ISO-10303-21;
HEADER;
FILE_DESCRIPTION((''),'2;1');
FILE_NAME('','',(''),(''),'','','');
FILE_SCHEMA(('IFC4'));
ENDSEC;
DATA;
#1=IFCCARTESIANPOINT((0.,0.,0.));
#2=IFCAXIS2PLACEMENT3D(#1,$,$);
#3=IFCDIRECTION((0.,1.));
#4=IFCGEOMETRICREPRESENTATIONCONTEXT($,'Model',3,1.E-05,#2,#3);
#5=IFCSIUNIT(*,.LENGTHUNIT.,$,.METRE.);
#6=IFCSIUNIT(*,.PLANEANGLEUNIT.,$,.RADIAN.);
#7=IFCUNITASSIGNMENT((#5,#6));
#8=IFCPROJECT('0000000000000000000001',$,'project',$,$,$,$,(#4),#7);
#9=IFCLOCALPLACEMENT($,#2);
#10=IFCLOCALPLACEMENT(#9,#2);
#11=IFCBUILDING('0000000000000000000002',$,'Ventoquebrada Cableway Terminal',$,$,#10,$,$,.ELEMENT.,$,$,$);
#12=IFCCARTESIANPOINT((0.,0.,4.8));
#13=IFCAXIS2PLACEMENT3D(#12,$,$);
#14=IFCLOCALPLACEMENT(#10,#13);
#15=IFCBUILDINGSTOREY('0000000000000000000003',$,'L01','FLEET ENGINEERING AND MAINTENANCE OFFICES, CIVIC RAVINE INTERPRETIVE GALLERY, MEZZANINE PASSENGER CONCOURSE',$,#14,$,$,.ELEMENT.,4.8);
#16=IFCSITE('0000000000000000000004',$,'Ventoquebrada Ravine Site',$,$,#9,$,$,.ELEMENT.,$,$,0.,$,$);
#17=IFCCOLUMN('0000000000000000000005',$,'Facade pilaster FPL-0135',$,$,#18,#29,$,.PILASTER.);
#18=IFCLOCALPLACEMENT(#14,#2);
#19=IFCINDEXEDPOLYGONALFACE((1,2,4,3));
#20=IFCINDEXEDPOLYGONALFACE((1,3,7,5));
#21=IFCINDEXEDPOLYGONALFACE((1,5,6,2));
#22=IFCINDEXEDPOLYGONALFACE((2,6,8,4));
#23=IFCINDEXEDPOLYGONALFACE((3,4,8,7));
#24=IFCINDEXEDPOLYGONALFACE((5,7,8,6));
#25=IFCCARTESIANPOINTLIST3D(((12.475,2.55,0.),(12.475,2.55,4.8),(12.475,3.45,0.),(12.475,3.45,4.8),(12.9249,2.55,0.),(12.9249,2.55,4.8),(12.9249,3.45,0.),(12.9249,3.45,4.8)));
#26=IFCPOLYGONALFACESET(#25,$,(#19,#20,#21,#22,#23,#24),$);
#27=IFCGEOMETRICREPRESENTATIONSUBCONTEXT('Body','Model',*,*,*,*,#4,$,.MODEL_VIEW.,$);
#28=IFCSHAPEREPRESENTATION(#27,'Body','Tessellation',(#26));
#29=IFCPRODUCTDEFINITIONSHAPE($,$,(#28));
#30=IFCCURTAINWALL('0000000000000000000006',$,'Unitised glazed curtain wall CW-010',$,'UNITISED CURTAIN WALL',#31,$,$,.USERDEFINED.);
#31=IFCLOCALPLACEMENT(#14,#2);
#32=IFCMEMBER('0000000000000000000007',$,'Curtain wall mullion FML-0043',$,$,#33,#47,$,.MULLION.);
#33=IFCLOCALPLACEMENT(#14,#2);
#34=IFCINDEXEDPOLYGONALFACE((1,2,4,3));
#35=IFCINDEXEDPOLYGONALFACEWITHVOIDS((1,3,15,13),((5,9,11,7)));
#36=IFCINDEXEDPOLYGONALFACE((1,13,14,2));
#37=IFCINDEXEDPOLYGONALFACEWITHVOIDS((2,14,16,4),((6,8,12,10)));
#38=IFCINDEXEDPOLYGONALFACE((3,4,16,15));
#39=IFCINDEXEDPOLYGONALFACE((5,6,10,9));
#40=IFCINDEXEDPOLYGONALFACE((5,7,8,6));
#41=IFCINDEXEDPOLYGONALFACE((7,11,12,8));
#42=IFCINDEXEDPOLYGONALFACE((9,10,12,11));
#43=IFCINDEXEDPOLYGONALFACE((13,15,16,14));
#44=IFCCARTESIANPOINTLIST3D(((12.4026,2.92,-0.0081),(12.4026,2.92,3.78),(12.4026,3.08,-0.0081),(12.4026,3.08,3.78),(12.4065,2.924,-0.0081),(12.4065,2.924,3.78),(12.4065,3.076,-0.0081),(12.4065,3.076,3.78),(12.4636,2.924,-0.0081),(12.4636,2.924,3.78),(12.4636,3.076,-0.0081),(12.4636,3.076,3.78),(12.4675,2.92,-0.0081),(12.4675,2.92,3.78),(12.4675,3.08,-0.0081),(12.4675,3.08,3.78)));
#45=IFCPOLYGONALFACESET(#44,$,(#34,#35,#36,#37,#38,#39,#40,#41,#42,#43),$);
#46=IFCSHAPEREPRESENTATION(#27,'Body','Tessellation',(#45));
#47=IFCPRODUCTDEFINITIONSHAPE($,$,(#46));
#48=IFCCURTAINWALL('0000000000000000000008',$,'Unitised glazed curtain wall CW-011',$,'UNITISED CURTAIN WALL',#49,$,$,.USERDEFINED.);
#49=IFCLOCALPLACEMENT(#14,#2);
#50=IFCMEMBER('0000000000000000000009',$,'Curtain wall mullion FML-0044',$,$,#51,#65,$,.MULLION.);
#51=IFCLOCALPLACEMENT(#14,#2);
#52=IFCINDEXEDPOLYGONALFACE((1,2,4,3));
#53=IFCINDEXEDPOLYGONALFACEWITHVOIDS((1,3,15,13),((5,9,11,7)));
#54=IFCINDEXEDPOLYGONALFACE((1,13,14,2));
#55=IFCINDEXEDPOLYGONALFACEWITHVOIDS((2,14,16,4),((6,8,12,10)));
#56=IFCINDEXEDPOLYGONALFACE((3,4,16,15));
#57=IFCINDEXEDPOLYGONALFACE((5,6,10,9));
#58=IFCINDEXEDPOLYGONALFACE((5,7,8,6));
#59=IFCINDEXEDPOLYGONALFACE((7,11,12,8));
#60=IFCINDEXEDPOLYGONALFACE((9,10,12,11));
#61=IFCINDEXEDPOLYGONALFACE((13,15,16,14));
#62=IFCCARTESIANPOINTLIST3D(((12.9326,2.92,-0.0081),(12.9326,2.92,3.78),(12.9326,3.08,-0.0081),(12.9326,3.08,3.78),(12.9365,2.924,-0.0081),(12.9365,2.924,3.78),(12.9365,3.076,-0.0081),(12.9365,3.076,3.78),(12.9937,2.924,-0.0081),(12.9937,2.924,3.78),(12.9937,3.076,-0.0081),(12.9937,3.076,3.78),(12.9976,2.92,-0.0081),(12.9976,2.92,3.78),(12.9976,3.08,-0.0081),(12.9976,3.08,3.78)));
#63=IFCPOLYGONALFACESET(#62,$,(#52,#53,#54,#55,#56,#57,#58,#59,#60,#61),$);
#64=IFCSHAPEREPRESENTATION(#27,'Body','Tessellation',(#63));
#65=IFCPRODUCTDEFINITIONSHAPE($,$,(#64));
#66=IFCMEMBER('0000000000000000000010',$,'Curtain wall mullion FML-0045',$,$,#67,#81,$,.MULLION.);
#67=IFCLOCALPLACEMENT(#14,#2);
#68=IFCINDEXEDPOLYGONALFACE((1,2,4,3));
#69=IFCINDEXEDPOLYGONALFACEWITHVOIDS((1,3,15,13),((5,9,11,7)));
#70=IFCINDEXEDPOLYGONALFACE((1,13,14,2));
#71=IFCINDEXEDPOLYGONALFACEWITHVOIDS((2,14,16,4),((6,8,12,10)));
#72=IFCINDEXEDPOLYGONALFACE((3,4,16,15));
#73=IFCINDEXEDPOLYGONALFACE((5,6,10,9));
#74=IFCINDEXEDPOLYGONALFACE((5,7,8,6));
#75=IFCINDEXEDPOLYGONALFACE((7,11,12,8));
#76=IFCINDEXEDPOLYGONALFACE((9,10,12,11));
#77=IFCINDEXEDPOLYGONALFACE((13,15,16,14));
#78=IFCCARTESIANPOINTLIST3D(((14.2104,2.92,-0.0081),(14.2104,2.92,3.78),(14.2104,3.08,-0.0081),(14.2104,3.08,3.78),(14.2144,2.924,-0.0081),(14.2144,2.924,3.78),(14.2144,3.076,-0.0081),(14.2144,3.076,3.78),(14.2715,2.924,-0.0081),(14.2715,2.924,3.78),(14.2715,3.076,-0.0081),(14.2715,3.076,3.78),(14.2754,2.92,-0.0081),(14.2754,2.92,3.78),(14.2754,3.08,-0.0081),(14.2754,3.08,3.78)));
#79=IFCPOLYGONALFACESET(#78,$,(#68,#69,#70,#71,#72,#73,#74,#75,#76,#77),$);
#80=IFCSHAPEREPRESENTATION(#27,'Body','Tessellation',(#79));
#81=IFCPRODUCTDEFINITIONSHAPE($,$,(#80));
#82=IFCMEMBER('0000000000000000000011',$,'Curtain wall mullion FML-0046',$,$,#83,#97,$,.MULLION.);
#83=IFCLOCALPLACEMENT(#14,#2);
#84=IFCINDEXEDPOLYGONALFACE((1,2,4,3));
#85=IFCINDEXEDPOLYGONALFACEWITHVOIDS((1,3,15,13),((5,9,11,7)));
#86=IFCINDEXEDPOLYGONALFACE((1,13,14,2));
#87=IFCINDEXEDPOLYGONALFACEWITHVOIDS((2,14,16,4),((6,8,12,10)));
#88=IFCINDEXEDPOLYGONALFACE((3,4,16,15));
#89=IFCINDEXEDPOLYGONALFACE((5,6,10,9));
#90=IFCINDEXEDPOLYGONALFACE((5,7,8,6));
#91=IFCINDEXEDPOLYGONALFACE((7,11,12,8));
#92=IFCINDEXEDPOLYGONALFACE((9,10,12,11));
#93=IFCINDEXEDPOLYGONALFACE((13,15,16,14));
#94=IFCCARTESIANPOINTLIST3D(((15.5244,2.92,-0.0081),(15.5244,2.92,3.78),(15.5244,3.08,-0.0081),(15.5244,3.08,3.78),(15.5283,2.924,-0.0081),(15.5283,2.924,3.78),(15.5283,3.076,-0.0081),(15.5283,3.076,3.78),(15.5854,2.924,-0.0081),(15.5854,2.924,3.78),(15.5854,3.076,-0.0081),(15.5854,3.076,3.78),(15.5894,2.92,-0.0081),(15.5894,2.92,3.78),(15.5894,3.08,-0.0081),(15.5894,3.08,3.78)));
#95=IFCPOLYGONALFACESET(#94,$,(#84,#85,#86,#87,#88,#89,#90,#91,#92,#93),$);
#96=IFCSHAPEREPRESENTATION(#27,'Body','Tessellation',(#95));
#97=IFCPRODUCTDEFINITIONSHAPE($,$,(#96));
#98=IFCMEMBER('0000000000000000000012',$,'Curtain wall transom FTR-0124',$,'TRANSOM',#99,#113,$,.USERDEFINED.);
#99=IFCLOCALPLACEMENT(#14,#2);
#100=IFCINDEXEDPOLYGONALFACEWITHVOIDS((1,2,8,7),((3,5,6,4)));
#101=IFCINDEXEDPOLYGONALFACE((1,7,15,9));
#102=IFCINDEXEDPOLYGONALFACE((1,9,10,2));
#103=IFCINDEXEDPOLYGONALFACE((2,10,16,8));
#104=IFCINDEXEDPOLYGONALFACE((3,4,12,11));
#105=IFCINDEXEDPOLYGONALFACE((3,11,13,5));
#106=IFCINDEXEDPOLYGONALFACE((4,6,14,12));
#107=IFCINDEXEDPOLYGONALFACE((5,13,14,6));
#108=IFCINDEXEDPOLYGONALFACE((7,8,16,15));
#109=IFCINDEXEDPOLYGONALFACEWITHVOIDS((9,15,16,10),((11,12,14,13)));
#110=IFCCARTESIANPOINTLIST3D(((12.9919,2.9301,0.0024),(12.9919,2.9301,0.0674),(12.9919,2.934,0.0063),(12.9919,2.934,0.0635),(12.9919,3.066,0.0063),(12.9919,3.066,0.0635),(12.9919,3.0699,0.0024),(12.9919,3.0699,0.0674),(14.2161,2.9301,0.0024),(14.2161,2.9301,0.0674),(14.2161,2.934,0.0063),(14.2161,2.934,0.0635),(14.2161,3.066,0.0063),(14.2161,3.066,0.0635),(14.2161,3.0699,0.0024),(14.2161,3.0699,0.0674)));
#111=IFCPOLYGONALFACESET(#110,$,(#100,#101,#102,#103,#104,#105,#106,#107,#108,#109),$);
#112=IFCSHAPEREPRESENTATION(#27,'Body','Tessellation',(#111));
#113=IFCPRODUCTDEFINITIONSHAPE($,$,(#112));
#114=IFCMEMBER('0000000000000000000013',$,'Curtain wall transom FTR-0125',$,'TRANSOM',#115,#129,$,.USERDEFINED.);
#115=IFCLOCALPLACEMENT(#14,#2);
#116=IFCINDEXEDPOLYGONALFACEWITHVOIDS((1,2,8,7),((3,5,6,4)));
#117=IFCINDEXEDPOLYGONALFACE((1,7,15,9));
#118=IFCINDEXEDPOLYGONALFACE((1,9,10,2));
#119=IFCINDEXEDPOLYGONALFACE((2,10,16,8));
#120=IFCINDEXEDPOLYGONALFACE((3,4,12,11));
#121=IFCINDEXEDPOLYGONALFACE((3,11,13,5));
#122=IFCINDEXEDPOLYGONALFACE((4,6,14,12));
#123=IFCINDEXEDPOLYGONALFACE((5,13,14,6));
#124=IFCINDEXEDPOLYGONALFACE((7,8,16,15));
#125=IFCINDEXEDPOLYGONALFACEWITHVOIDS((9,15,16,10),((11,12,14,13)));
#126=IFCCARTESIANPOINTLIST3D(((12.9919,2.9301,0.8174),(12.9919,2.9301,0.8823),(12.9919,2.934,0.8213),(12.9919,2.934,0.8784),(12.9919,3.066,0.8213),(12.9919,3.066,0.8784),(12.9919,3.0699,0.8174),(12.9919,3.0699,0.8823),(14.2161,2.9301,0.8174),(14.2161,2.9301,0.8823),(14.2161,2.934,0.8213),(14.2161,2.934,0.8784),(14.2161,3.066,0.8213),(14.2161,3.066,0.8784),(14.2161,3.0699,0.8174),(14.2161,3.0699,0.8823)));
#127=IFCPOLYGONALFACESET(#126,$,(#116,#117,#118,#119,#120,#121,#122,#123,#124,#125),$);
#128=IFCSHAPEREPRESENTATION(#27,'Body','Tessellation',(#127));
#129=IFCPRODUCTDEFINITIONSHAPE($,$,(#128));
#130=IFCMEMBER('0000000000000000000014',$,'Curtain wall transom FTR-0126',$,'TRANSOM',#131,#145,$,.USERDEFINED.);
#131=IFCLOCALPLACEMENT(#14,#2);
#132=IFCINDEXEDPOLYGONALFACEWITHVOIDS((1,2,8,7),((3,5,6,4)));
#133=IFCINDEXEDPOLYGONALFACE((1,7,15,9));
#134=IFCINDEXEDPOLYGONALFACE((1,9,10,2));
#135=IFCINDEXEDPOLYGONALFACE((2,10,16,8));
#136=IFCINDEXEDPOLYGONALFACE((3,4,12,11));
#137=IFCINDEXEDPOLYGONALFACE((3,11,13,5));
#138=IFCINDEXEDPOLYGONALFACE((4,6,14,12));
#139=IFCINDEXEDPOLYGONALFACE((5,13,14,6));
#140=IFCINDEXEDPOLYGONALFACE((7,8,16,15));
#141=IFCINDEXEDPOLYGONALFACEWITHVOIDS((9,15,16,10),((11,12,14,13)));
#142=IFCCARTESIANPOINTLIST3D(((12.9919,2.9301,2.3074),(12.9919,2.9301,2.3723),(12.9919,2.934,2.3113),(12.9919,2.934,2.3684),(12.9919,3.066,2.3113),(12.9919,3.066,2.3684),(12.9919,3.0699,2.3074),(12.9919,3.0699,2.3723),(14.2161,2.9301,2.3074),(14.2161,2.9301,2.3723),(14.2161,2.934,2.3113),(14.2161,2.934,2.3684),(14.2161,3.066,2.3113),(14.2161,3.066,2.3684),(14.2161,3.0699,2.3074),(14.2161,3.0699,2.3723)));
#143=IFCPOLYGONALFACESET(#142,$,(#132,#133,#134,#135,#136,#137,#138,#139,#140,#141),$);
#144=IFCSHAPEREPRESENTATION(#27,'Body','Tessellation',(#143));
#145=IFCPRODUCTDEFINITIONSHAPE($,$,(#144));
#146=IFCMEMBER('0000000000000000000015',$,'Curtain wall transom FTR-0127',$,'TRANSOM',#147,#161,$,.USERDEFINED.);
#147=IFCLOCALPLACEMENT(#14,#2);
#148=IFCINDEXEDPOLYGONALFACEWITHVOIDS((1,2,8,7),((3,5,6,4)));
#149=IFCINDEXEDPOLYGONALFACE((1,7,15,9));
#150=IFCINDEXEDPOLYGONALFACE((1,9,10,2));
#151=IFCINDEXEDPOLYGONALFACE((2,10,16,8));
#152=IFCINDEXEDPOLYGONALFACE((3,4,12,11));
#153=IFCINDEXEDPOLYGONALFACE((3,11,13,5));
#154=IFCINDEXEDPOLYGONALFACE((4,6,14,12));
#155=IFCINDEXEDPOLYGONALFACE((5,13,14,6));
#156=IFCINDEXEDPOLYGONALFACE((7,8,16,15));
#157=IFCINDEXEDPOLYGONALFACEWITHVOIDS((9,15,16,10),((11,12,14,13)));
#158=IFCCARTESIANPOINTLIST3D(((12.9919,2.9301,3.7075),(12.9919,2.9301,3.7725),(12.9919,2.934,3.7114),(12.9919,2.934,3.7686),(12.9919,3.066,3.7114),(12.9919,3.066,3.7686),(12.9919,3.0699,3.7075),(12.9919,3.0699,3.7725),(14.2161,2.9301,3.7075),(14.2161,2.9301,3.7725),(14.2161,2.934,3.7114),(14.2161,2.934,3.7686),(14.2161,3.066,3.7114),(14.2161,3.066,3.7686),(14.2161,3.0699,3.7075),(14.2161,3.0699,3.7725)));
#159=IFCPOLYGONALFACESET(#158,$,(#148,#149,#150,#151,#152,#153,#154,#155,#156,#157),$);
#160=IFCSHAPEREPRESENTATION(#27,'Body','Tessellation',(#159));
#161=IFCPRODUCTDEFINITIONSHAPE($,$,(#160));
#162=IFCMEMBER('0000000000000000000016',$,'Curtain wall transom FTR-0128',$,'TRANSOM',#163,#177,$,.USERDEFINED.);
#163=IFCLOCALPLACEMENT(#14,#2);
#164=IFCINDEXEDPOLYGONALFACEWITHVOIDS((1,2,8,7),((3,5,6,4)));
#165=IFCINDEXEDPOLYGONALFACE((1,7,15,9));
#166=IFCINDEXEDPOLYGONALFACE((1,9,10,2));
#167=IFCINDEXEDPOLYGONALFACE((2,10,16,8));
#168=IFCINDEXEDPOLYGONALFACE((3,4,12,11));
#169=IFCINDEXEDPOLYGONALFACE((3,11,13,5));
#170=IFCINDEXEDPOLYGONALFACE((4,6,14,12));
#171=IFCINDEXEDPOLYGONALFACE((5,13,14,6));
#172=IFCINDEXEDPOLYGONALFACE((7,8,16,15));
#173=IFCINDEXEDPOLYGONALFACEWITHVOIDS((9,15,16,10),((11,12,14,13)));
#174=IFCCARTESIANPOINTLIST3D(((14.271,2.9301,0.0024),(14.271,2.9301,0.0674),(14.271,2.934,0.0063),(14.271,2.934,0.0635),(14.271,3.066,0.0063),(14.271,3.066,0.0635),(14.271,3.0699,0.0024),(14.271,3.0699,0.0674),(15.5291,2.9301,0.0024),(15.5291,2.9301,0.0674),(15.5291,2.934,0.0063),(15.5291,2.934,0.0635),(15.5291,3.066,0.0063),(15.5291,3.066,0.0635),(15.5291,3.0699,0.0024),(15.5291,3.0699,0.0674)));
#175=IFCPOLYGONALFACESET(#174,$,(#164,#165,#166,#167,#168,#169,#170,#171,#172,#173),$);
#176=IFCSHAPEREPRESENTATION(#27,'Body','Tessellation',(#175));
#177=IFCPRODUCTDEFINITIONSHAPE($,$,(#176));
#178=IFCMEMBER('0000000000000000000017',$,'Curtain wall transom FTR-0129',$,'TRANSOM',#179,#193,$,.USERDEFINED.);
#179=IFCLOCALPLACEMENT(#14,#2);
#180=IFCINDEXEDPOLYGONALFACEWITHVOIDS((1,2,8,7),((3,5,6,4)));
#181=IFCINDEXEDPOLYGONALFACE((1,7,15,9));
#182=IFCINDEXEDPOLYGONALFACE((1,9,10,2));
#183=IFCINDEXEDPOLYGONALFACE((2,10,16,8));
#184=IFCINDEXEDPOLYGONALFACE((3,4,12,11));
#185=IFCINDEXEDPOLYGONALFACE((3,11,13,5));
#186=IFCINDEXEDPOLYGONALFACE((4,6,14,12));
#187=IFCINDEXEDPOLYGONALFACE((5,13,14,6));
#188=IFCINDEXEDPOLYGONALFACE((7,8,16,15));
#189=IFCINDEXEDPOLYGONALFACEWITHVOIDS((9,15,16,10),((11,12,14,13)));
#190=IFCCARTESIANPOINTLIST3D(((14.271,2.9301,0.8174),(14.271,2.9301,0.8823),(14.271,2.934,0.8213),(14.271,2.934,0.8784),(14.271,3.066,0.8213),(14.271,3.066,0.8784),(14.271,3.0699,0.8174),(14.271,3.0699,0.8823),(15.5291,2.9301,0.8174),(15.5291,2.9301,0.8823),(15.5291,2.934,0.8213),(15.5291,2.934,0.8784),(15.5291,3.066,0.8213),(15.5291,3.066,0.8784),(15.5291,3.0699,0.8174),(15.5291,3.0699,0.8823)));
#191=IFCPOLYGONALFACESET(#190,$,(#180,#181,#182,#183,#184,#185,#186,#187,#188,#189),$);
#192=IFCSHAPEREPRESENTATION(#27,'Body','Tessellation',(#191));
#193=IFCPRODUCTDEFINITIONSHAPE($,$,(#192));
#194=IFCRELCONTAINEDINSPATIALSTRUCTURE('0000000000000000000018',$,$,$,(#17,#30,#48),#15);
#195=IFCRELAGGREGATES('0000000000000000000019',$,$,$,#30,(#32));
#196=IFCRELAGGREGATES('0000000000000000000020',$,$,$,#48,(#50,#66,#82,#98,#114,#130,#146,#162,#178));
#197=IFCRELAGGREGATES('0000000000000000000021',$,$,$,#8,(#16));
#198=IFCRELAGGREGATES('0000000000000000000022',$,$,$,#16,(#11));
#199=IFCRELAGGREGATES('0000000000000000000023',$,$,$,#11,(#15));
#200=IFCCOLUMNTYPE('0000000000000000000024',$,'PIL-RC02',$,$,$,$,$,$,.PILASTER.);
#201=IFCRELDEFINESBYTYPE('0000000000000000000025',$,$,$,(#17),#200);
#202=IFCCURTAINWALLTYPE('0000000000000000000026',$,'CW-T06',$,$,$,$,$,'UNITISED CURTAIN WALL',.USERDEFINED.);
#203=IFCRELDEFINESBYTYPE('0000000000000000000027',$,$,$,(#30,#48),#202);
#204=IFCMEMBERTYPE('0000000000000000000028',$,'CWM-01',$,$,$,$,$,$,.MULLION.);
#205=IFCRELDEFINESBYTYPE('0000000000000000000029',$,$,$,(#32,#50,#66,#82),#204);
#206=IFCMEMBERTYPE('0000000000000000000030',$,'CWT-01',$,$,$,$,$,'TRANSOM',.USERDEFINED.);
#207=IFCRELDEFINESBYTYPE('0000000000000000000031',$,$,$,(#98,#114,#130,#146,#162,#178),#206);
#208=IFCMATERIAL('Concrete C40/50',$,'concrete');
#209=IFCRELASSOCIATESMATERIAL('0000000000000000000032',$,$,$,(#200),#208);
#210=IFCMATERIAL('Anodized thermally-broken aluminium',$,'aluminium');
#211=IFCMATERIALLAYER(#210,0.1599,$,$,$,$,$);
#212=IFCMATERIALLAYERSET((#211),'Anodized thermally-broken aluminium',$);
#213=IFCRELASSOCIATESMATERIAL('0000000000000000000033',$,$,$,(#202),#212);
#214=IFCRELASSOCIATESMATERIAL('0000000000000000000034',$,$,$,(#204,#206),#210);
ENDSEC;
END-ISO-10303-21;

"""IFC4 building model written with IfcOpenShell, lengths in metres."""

from ifc_helpers import new_model, si_unit, direction, frame, origin, origin_2d, place, context, subcontext, project, spatial, rectangle, hollow_rectangle, extrude, material, layer, layer_set, material_profile, profile_set, type_object, element, aggregate, save


model = new_model("IFC4")

# Units and contexts
model_context = context("Model", 3, precision=1e-05, world=origin(), true_north=direction((0.0, 1.0)))
body_context = subcontext(model_context, "Body", "Model", "MODEL_VIEW")
ifc_project = project(units=[si_unit("LENGTHUNIT", "METRE"), si_unit("PLANEANGLEUNIT", "RADIAN")], contexts=[model_context])

# Site, building, storey
site_placement = place(None, origin())
site = spatial("IfcSite", under=ifc_project, at=site_placement, Name="Ventoquebrada Ravine Site", CompositionType="ELEMENT", RefElevation=0.0)
building_placement = place(site_placement, origin())
building = spatial("IfcBuilding", under=site, at=building_placement, Name="Ventoquebrada Cableway Terminal", CompositionType="ELEMENT")
storey_placement = place(building_placement, frame((0.0, 0.0, 4.8)))
storey = spatial("IfcBuildingStorey", under=building, at=storey_placement, Name="L01", Description="FLEET ENGINEERING AND MAINTENANCE OFFICES, CIVIC RAVINE INTERPRETIVE GALLERY, MEZZANINE PASSENGER CONCOURSE", CompositionType="ELEMENT", Elevation=4.8)

# Column
ifc_material_1 = material(Name="Concrete C40/50", Category="concrete")
ifc_material_profile_1 = material_profile(ifc_material_1, rectangle(XDim=0.45, YDim=0.8999, at=origin_2d()), Name="RC-PIL-450X900")
ifc_profile_set_1 = profile_set([ifc_material_profile_1], Name="Concrete C40/50")
column_type = type_object("IfcColumnType", Name="PIL-RC02", PredefinedType="PILASTER", material=ifc_profile_set_1)
column_placement = place(storey_placement, frame((12.7, 3.0, 0.0), z_axis=(0.0, 0.0, 1.0), x_axis=(1.0, 0.0, 0.0)))
element("IfcColumn", 1, at=column_placement, inside=storey, type_object=column_type, Name="Facade pilaster FPL-0135", PredefinedType="PILASTER", context=body_context, shape_type="SweptSolid", body=[
    extrude(rectangle(XDim=0.45, YDim=0.8999, at=origin_2d()), origin(), (0.0, 0.0, 1.0), 4.8),
])

# Curtain wall, member
ifc_material_2 = material(Name="Anodized thermally-broken aluminium", Category="aluminium")
ifc_layer_1 = layer(ifc_material_2, 0.1599)
ifc_layer_set_1 = layer_set([ifc_layer_1], Name="Anodized thermally-broken aluminium")
curtain_wall_type = type_object("IfcCurtainWallType", Name="CW-T06", ElementType="UNITISED CURTAIN WALL", PredefinedType="USERDEFINED", material=ifc_layer_set_1)
curtain_wall_1_placement = place(storey_placement, origin())
curtain_wall_1 = element("IfcCurtainWall", 2, at=curtain_wall_1_placement, inside=storey, type_object=curtain_wall_type, Name="Unitised glazed curtain wall CW-010", ObjectType="UNITISED CURTAIN WALL", PredefinedType="USERDEFINED")
ifc_material_profile_2 = material_profile(ifc_material_2, hollow_rectangle(XDim=0.0649, YDim=0.1599, WallThickness=0.0039, at=origin_2d()), Name="CW-MUL-65X160")
ifc_profile_set_2 = profile_set([ifc_material_profile_2], Name="Anodized thermally-broken aluminium")
member_type_1 = type_object("IfcMemberType", Name="CWM-01", PredefinedType="MULLION", material=ifc_profile_set_2)
member_1_placement = place(storey_placement, frame((12.4351, 3.0, -0.0081), z_axis=(0.0, 0.0, 1.0), x_axis=(1.0, 0.0, 0.0)))
member_1 = element("IfcMember", 3, at=member_1_placement, type_object=member_type_1, Name="Curtain wall mullion FML-0043", PredefinedType="MULLION", context=body_context, shape_type="SweptSolid", body=[
    extrude(hollow_rectangle(XDim=0.0649, YDim=0.1599, WallThickness=0.0039, at=origin_2d()), origin(), (0.0, 0.0, 1.0), 3.7881),
])

# Curtain wall, members
curtain_wall_2_placement = place(storey_placement, origin())
curtain_wall_2 = element("IfcCurtainWall", 4, at=curtain_wall_2_placement, inside=storey, type_object=curtain_wall_type, Name="Unitised glazed curtain wall CW-011", ObjectType="UNITISED CURTAIN WALL", PredefinedType="USERDEFINED")
member_2_placement = place(storey_placement, frame((12.9651, 3.0, -0.0081), z_axis=(0.0, 0.0, 1.0), x_axis=(1.0, 0.0, 0.0)))
member_2 = element("IfcMember", 5, at=member_2_placement, type_object=member_type_1, Name="Curtain wall mullion FML-0044", PredefinedType="MULLION", context=body_context, shape_type="SweptSolid", body=[
    extrude(hollow_rectangle(XDim=0.0649, YDim=0.1599, WallThickness=0.0039, at=origin_2d()), origin(), (0.0, 0.0, 1.0), 3.7881),
])
member_3_placement = place(storey_placement, frame((14.2429, 3.0, -0.0081), z_axis=(0.0, 0.0, 1.0), x_axis=(1.0, 0.0, 0.0)))
member_3 = element("IfcMember", 6, at=member_3_placement, type_object=member_type_1, Name="Curtain wall mullion FML-0045", PredefinedType="MULLION", context=body_context, shape_type="SweptSolid", body=[
    extrude(hollow_rectangle(XDim=0.0649, YDim=0.1599, WallThickness=0.0039, at=origin_2d()), origin(), (0.0, 0.0, 1.0), 3.7881),
])
member_4_placement = place(storey_placement, frame((15.5569, 3.0, -0.0081), z_axis=(0.0, 0.0, 1.0), x_axis=(1.0, 0.0, 0.0)))
member_4 = element("IfcMember", 7, at=member_4_placement, type_object=member_type_1, Name="Curtain wall mullion FML-0046", PredefinedType="MULLION", context=body_context, shape_type="SweptSolid", body=[
    extrude(hollow_rectangle(XDim=0.0649, YDim=0.1599, WallThickness=0.0039, at=origin_2d()), origin(), (0.0, 0.0, 1.0), 3.7881),
])
ifc_material_profile_3 = material_profile(ifc_material_2, hollow_rectangle(XDim=0.0649, YDim=0.1399, WallThickness=0.0039, at=origin_2d()), Name="CW-TRN-65X140")
ifc_profile_set_3 = profile_set([ifc_material_profile_3], Name="Anodized thermally-broken aluminium")
member_type_2 = type_object("IfcMemberType", Name="CWT-01", ElementType="TRANSOM", PredefinedType="USERDEFINED", material=ifc_profile_set_3)
member_5_placement = place(storey_placement, frame((12.9919, 3.0, 0.0349), z_axis=(1.0, 0.0, 0.0), x_axis=(0.0, 0.0, 1.0)))
member_5 = element("IfcMember", 8, at=member_5_placement, type_object=member_type_2, Name="Curtain wall transom FTR-0124", ObjectType="TRANSOM", PredefinedType="USERDEFINED", context=body_context, shape_type="SweptSolid", body=[
    extrude(hollow_rectangle(XDim=0.0649, YDim=0.1399, WallThickness=0.0039, at=origin_2d()), origin(), (0.0, 0.0, 1.0), 1.2241),
])
member_6_placement = place(storey_placement, frame((12.9919, 3.0, 0.8499), z_axis=(1.0, 0.0, 0.0), x_axis=(0.0, 0.0, 1.0)))
member_6 = element("IfcMember", 9, at=member_6_placement, type_object=member_type_2, Name="Curtain wall transom FTR-0125", ObjectType="TRANSOM", PredefinedType="USERDEFINED", context=body_context, shape_type="SweptSolid", body=[
    extrude(hollow_rectangle(XDim=0.0649, YDim=0.1399, WallThickness=0.0039, at=origin_2d()), origin(), (0.0, 0.0, 1.0), 1.2241),
])
member_7_placement = place(storey_placement, frame((12.9919, 3.0, 2.3398), z_axis=(1.0, 0.0, 0.0), x_axis=(0.0, 0.0, 1.0)))
member_7 = element("IfcMember", 10, at=member_7_placement, type_object=member_type_2, Name="Curtain wall transom FTR-0126", ObjectType="TRANSOM", PredefinedType="USERDEFINED", context=body_context, shape_type="SweptSolid", body=[
    extrude(hollow_rectangle(XDim=0.0649, YDim=0.1399, WallThickness=0.0039, at=origin_2d()), origin(), (0.0, 0.0, 1.0), 1.2241),
])
member_8_placement = place(storey_placement, frame((12.9919, 3.0, 3.74), z_axis=(1.0, 0.0, 0.0), x_axis=(0.0, 0.0, 1.0)))
member_8 = element("IfcMember", 11, at=member_8_placement, type_object=member_type_2, Name="Curtain wall transom FTR-0127", ObjectType="TRANSOM", PredefinedType="USERDEFINED", context=body_context, shape_type="SweptSolid", body=[
    extrude(hollow_rectangle(XDim=0.0649, YDim=0.1399, WallThickness=0.0039, at=origin_2d()), origin(), (0.0, 0.0, 1.0), 1.2241),
])
member_9_placement = place(storey_placement, frame((14.271, 3.0, 0.0349), z_axis=(1.0, 0.0, 0.0), x_axis=(0.0, 0.0, 1.0)))
member_9 = element("IfcMember", 12, at=member_9_placement, type_object=member_type_2, Name="Curtain wall transom FTR-0128", ObjectType="TRANSOM", PredefinedType="USERDEFINED", context=body_context, shape_type="SweptSolid", body=[
    extrude(hollow_rectangle(XDim=0.0649, YDim=0.1399, WallThickness=0.0039, at=origin_2d()), origin(), (0.0, 0.0, 1.0), 1.2581),
])
member_10_placement = place(storey_placement, frame((14.271, 3.0, 0.8499), z_axis=(1.0, 0.0, 0.0), x_axis=(0.0, 0.0, 1.0)))
member_10 = element("IfcMember", 13, at=member_10_placement, type_object=member_type_2, Name="Curtain wall transom FTR-0129", ObjectType="TRANSOM", PredefinedType="USERDEFINED", context=body_context, shape_type="SweptSolid", body=[
    extrude(hollow_rectangle(XDim=0.0649, YDim=0.1399, WallThickness=0.0039, at=origin_2d()), origin(), (0.0, 0.0, 1.0), 1.2581),
])

aggregate(curtain_wall_1, [member_1])
aggregate(curtain_wall_2, [member_2, member_3, member_4, member_5, member_6, member_7, member_8, member_9, member_10])

save(model, "model.ifc")
